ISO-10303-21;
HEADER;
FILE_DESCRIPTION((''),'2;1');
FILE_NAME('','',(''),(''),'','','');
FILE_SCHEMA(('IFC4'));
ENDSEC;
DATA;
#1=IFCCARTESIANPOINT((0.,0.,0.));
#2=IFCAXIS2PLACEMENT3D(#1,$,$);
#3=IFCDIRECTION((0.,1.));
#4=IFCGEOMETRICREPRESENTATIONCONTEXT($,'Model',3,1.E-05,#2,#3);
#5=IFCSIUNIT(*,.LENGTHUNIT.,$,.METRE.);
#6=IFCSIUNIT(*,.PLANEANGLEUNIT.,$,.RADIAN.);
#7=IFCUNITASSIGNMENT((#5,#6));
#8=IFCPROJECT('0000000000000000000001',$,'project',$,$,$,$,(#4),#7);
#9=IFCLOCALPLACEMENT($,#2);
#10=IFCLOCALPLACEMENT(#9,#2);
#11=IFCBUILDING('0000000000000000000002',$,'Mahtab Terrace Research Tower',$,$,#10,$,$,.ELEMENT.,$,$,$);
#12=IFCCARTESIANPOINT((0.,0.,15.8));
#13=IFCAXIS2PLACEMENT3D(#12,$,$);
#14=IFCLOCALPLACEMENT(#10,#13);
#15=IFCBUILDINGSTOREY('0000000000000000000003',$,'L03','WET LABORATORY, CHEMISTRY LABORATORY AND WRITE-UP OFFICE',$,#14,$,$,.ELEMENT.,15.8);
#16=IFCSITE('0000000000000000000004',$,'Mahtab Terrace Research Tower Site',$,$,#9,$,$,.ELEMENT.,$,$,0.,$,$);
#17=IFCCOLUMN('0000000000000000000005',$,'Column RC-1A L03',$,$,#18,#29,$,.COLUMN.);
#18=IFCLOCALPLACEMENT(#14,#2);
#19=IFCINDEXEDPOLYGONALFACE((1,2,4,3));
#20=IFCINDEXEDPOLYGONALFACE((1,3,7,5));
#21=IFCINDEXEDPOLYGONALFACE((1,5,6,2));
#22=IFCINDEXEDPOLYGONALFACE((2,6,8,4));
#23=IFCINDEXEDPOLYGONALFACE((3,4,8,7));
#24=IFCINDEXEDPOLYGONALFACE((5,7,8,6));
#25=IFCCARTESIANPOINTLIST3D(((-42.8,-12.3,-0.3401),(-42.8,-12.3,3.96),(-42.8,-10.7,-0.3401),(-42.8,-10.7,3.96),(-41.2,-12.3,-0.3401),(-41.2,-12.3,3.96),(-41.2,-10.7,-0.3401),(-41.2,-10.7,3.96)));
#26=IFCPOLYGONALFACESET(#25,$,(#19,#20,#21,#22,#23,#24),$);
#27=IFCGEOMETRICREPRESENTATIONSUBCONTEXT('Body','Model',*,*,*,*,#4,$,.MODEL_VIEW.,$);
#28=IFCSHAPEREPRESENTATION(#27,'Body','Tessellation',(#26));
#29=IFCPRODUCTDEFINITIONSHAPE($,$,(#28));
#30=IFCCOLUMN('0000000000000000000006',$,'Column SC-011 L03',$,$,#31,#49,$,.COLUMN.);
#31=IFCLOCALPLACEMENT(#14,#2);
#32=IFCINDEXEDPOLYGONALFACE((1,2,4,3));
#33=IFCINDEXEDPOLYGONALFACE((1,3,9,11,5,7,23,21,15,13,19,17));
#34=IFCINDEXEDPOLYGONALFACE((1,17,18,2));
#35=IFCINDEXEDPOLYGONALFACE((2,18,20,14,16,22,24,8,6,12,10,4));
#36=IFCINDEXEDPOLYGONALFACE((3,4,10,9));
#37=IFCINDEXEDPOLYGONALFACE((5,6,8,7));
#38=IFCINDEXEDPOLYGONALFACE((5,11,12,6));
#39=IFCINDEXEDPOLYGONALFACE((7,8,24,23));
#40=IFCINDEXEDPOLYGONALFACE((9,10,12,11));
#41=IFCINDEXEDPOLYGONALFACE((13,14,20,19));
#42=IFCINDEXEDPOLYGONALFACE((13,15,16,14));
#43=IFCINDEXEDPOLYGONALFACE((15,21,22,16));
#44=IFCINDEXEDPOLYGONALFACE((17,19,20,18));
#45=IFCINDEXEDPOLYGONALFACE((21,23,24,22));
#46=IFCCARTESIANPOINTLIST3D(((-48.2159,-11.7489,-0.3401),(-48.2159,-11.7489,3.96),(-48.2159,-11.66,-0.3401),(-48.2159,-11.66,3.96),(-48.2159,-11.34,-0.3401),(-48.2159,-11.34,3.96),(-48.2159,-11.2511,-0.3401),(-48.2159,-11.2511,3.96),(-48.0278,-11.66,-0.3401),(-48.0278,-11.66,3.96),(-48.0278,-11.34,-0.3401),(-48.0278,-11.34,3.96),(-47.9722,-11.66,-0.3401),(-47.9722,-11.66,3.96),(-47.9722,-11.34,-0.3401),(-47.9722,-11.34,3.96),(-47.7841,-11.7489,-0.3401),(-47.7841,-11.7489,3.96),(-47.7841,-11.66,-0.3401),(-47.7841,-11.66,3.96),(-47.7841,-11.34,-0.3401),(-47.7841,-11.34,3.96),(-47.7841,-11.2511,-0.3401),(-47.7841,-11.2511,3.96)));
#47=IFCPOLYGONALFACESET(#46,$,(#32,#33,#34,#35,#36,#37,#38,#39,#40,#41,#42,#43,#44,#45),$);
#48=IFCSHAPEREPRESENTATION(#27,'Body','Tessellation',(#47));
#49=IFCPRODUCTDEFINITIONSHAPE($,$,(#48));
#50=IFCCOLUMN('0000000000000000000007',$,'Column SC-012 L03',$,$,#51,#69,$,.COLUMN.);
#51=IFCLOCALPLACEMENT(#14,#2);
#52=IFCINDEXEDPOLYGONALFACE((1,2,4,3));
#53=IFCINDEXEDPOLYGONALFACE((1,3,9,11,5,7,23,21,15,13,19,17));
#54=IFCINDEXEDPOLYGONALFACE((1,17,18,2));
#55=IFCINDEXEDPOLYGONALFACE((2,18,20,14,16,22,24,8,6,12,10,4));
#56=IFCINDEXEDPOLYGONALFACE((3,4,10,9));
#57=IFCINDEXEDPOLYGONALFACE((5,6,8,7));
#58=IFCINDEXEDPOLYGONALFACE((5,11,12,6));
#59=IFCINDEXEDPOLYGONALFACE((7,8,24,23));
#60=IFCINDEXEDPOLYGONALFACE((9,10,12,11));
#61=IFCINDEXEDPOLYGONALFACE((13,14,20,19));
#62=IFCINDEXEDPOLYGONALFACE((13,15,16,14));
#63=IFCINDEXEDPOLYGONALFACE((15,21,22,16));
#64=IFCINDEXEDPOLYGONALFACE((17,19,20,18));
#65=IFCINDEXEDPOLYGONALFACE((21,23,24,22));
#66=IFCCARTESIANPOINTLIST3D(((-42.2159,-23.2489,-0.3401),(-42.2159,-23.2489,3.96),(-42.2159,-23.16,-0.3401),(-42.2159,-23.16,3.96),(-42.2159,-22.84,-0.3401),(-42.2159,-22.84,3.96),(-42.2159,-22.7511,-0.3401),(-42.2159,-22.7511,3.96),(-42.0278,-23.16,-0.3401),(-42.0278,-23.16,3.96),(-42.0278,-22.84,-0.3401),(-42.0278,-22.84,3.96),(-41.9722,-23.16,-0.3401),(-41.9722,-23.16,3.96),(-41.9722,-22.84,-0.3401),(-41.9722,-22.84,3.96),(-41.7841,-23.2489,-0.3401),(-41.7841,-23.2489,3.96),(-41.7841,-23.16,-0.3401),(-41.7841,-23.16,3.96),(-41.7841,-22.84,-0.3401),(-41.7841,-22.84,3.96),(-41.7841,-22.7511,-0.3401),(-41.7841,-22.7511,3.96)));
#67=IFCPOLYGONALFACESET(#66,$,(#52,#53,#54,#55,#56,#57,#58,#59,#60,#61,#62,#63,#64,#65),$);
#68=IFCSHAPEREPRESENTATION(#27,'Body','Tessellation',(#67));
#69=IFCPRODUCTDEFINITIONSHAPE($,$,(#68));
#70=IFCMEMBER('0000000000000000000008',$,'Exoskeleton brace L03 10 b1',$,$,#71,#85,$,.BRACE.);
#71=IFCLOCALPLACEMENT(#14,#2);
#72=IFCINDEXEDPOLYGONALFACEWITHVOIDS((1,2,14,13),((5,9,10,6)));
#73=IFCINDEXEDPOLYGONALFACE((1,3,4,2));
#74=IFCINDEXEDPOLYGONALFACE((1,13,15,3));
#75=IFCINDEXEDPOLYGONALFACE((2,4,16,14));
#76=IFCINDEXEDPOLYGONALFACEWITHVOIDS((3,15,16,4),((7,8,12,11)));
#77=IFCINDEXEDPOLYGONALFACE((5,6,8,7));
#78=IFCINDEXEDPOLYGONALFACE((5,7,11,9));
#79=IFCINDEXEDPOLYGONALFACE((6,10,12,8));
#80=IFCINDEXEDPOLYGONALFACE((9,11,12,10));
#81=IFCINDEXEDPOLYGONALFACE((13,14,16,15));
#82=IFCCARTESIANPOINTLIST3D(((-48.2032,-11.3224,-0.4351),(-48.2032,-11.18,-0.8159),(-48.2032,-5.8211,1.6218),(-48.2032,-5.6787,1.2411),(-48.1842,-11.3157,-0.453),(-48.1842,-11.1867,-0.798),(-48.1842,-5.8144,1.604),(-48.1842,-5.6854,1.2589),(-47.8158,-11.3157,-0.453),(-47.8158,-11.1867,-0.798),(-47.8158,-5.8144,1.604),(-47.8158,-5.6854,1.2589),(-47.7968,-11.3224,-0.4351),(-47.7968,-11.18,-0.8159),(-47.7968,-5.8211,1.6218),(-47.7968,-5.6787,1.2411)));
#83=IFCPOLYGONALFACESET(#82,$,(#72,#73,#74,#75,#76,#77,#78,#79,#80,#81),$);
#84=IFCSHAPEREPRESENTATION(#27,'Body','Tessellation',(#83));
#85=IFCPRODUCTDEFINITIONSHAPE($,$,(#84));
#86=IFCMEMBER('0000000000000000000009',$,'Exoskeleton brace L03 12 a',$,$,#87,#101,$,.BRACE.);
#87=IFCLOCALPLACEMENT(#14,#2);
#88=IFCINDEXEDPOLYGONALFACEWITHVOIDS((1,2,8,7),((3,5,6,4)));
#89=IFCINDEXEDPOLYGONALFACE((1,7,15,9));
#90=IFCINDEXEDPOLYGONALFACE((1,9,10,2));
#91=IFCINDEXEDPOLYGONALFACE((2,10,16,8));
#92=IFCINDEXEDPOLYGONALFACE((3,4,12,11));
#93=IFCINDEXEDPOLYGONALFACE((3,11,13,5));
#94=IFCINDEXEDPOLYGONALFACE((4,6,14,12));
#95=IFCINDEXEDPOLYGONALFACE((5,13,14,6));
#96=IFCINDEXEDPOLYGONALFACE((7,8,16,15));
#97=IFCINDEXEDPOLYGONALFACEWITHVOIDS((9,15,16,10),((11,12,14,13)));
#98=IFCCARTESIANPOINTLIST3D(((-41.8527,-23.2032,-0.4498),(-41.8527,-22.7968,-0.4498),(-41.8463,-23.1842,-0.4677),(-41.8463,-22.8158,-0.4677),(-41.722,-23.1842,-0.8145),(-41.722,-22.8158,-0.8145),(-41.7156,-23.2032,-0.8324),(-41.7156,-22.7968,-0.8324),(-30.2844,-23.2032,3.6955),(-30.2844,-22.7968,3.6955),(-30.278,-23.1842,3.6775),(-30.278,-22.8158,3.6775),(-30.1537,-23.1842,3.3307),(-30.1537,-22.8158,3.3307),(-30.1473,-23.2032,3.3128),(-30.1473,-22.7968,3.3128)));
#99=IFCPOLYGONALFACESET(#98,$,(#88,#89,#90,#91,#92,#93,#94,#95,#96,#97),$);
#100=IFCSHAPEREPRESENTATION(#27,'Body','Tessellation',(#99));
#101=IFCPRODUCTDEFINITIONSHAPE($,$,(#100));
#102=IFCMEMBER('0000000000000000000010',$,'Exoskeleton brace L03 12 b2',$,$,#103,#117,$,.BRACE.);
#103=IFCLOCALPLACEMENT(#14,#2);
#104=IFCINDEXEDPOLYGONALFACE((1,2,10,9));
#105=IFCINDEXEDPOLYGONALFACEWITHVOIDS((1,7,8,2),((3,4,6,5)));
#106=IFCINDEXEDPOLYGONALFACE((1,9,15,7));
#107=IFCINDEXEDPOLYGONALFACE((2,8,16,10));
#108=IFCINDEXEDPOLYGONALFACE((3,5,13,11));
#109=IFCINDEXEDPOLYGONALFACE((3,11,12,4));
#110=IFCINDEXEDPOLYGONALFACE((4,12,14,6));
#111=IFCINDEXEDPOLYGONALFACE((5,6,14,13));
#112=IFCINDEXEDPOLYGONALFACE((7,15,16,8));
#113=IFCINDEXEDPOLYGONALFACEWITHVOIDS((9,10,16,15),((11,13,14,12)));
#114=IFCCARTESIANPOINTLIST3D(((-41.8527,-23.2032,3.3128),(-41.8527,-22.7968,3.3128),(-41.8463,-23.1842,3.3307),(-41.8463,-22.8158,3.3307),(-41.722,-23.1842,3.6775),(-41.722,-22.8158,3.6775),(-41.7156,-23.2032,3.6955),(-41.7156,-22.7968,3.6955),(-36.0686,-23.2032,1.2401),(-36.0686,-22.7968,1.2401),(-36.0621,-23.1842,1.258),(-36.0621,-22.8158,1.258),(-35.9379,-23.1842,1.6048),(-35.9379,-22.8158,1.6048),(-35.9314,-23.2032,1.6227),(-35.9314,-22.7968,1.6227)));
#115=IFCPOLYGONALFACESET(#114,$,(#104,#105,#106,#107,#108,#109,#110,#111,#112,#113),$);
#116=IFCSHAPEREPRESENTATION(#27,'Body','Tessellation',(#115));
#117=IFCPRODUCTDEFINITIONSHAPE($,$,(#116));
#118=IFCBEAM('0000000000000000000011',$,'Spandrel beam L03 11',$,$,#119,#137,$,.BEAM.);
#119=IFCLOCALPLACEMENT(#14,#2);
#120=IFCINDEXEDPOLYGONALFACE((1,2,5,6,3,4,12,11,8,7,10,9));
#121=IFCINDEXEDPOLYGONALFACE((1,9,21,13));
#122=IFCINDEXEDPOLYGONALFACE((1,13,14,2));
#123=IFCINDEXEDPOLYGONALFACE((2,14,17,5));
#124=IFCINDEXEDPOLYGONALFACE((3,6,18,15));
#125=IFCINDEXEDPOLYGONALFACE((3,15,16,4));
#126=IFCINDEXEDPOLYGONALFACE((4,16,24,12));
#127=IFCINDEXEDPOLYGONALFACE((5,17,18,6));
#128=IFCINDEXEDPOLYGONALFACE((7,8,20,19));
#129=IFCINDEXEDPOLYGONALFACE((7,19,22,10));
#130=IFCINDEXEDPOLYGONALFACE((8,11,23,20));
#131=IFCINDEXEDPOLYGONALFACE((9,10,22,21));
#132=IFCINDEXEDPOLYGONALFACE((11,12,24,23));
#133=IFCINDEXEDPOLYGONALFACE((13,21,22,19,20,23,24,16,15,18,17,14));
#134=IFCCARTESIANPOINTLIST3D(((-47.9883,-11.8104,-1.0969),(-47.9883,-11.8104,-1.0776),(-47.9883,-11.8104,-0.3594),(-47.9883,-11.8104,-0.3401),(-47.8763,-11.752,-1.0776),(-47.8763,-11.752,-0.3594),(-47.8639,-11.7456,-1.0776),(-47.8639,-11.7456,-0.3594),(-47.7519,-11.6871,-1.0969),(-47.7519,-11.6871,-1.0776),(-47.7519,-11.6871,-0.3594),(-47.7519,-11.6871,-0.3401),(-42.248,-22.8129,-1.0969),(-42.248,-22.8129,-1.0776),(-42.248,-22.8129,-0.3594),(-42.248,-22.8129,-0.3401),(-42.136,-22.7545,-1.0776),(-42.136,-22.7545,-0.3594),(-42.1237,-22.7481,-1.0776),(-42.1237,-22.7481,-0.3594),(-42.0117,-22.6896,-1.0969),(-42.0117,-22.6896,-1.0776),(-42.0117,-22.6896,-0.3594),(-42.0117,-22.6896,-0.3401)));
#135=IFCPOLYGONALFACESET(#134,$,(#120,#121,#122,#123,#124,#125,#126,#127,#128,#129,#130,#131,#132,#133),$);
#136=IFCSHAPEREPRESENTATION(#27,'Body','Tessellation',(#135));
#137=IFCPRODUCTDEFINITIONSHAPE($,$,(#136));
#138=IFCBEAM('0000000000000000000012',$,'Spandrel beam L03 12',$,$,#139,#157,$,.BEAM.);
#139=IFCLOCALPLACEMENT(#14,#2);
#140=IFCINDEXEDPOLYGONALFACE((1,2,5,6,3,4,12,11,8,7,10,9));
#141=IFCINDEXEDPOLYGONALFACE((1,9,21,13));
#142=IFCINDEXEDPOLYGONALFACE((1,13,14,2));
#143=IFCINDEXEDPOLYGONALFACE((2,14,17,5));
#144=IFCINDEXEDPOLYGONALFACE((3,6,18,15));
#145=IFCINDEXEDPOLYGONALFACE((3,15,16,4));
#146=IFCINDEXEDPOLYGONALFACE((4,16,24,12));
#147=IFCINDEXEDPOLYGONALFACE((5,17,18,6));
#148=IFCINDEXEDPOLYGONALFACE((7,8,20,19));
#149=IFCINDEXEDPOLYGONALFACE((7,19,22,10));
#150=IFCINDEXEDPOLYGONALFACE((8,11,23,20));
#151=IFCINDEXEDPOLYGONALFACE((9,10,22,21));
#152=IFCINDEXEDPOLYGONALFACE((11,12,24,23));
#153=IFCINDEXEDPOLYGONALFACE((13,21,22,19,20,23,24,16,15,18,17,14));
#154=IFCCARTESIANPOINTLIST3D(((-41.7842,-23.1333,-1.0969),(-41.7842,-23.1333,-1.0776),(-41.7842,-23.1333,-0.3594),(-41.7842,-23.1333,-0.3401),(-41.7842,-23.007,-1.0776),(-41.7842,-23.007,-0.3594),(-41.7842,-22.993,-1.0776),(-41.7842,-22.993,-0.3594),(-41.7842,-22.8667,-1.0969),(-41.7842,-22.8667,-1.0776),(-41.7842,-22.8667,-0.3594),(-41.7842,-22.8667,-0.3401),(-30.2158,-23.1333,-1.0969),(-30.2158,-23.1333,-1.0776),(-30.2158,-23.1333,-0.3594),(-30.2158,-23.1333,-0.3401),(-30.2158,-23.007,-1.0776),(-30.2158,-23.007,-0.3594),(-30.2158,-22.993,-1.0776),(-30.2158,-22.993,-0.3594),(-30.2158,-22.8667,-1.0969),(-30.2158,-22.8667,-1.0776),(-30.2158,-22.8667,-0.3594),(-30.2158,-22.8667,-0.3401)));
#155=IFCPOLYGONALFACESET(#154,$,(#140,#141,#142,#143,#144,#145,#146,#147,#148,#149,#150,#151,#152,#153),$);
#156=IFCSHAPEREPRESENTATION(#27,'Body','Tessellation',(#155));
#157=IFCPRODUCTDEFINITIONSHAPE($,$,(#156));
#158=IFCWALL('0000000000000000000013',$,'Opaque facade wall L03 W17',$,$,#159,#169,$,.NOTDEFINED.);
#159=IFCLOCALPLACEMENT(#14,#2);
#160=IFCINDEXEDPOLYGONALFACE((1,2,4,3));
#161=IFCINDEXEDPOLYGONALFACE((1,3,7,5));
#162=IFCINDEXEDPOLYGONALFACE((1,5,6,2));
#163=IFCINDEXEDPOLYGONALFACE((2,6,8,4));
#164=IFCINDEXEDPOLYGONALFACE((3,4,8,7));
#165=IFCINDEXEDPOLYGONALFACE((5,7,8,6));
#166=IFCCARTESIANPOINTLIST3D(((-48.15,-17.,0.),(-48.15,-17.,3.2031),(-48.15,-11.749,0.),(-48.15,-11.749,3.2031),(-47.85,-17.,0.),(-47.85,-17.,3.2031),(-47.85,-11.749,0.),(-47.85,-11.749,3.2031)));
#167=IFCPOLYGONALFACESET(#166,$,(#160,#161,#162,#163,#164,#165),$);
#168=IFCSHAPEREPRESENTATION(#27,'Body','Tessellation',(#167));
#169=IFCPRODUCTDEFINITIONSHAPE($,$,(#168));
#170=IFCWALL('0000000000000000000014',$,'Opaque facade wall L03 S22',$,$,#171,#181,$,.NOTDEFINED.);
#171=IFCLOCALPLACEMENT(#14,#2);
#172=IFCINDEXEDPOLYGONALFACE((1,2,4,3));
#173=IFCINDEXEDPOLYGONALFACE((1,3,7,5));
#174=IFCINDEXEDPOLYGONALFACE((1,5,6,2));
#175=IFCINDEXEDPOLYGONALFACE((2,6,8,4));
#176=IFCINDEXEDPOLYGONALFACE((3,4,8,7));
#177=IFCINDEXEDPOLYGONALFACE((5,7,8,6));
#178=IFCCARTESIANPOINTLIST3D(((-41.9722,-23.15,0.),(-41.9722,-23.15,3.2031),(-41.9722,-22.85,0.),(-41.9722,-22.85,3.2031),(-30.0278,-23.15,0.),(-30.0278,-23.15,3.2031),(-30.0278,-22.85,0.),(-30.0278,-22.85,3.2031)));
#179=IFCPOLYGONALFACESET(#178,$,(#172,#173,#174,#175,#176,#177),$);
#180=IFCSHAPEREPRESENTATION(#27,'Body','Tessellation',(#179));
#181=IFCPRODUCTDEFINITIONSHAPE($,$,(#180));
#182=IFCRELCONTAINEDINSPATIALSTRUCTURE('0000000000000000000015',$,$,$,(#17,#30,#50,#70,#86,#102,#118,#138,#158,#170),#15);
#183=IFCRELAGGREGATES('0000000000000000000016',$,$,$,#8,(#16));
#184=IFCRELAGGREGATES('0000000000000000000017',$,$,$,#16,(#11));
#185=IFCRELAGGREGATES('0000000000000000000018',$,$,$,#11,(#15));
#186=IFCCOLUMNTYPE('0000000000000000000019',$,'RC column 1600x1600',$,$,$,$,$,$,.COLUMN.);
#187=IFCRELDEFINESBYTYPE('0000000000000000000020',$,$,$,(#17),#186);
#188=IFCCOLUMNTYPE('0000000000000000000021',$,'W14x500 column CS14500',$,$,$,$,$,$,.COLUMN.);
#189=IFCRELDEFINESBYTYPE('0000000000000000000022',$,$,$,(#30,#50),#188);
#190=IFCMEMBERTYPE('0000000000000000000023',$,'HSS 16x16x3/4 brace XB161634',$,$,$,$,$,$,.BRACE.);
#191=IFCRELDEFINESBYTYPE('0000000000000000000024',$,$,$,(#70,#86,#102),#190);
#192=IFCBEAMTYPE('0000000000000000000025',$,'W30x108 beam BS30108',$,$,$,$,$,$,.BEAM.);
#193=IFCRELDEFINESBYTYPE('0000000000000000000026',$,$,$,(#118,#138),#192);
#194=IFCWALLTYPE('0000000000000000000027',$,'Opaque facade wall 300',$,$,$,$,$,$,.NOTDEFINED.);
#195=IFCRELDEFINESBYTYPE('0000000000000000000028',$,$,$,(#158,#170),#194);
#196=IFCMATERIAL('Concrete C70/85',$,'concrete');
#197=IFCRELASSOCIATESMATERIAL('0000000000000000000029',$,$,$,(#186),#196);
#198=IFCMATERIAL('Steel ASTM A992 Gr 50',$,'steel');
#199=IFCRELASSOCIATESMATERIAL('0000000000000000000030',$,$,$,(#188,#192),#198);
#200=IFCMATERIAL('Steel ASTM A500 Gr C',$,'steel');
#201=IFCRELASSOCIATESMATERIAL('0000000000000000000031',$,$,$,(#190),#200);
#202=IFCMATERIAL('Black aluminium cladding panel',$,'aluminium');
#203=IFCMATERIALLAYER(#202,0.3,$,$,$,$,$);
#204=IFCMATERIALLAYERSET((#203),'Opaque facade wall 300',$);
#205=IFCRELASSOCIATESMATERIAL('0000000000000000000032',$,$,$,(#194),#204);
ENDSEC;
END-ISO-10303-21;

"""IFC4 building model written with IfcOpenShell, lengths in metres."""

from ifc_helpers import new_model, si_unit, direction, frame, frame_2d, origin, origin_2d, place, context, subcontext, project, spatial, rectangle, hollow_rectangle, i_section, extrude, material, layer, layer_set, material_profile, profile_set, type_object, element, save


model = new_model("IFC4")

# Units and contexts
model_context = context("Model", 3, precision=1e-05, world=origin(), true_north=direction((0.0, 1.0)))
body_context = subcontext(model_context, "Body", "Model", "MODEL_VIEW")
ifc_project = project(units=[si_unit("LENGTHUNIT", "METRE"), si_unit("PLANEANGLEUNIT", "RADIAN")], contexts=[model_context])

# Site, building, storey
site_placement = place(None, origin())
site = spatial("IfcSite", under=ifc_project, at=site_placement, Name="Mahtab Terrace Research Tower Site", CompositionType="ELEMENT", RefElevation=0.0)
building_placement = place(site_placement, origin())
building = spatial("IfcBuilding", under=site, at=building_placement, Name="Mahtab Terrace Research Tower", CompositionType="ELEMENT")
storey_placement = place(building_placement, frame((0.0, 0.0, 15.8)))
storey = spatial("IfcBuildingStorey", under=building, at=storey_placement, Name="L03", Description="WET LABORATORY, CHEMISTRY LABORATORY AND WRITE-UP OFFICE", CompositionType="ELEMENT", Elevation=15.8)

# Columns
ifc_material_1 = material(Name="Concrete C70/85", Category="concrete")
ifc_material_profile_1 = material_profile(ifc_material_1, rectangle(XDim=1.6001, YDim=1.6001, at=origin_2d()), Name="RC column 1600x1600")
ifc_profile_set_1 = profile_set([ifc_material_profile_1], Name="Concrete C70/85")
column_type_1 = type_object("IfcColumnType", Name="RC column 1600x1600", PredefinedType="COLUMN", material=ifc_profile_set_1)
column_placement = place(storey_placement, frame((-42.0, -11.5, -0.3401), z_axis=(0.0, 0.0, 1.0), x_axis=(1.0, 0.0, 0.0)))
element("IfcColumn", 1, at=column_placement, inside=storey, type_object=column_type_1, Name="Column RC-1A L03", PredefinedType="COLUMN", context=body_context, shape_type="SweptSolid", body=[
    extrude(rectangle(XDim=1.6001, YDim=1.6001, at=origin_2d()), origin(), (0.0, 0.0, 1.0), 4.3),
])
ifc_material_2 = material(Name="Steel ASTM A992 Gr 50", Category="steel")
ifc_material_profile_2 = material_profile(ifc_material_2, i_section(OverallWidth=0.4319, OverallDepth=0.4978, WebThickness=0.0557, FlangeThickness=0.0889, at=origin_2d()), Name="W14X500")
ifc_profile_set_2 = profile_set([ifc_material_profile_2], Name="Steel ASTM A992 Gr 50")
column_type_2 = type_object("IfcColumnType", Name="W14x500 column CS14500", PredefinedType="COLUMN", material=ifc_profile_set_2)
for number, where, z_axis, x_axis, name in (
    (2, (-48.0, -11.5, -0.3401), (0.0, 0.0, 1.0), (1.0, 0.0, 0.0), "Column SC-011 L03"),
    (3, (-42.0, -23.0, -0.3401), (0.0, 0.0, 1.0), (1.0, 0.0, 0.0), "Column SC-012 L03"),
):
    element("IfcColumn", number, at=place(storey_placement, frame(where, z_axis=z_axis, x_axis=x_axis)), inside=storey, type_object=column_type_2, Name=name, PredefinedType="COLUMN", context=body_context, shape_type="SweptSolid", body=[
        extrude(i_section(OverallWidth=0.4319, OverallDepth=0.4978, WebThickness=0.0557, FlangeThickness=0.0889, at=origin_2d()), origin(), (0.0, 0.0, 1.0), 4.3),
    ])

# Members
ifc_material_3 = material(Name="Steel ASTM A500 Gr C", Category="steel")
ifc_material_profile_3 = material_profile(ifc_material_3, hollow_rectangle(XDim=0.4065, YDim=0.4065, WallThickness=0.019, at=origin_2d()), Name="HSS16X16X3/4")
ifc_profile_set_3 = profile_set([ifc_material_profile_3], Name="Steel ASTM A500 Gr C")
member_type = type_object("IfcMemberType", Name="HSS 16x16x3/4 brace XB161634", PredefinedType="BRACE", material=ifc_profile_set_3)
member_1_placement = place(storey_placement, frame((-48.0, -11.2512, -0.6255), z_axis=(0.0, 0.936669, 0.350217), x_axis=(-1.0, 0.0, 0.0)))
element("IfcMember", 4, at=member_1_placement, inside=storey, type_object=member_type, Name="Exoskeleton brace L03 10 b1", PredefinedType="BRACE", context=body_context, shape_type="SweptSolid", body=[
    extrude(hollow_rectangle(XDim=0.4065, YDim=0.4065, WallThickness=0.019, at=origin_2d()), origin(), (0.0, 0.0, 1.0), 5.8733),
])
member_2_placement = place(storey_placement, frame((-41.7842, -23.0, -0.6411), z_axis=(0.941388, 0.0, 0.337325), x_axis=(0.0, 1.0, 0.0)))
element("IfcMember", 5, at=member_2_placement, inside=storey, type_object=member_type, Name="Exoskeleton brace L03 12 a", PredefinedType="BRACE", context=body_context, shape_type="SweptSolid", body=[
    extrude(hollow_rectangle(XDim=0.4065, YDim=0.4065, WallThickness=0.019, at=origin_2d()), origin(), (0.0, 0.0, 1.0), 12.2886),
])
member_3_placement = place(storey_placement, frame((-36.0, -23.0, 1.4314), z_axis=(-0.941382, 0.0, 0.337343), x_axis=(0.0, -1.0, 0.0)))
element("IfcMember", 6, at=member_3_placement, inside=storey, type_object=member_type, Name="Exoskeleton brace L03 12 b2", PredefinedType="BRACE", context=body_context, shape_type="SweptSolid", body=[
    extrude(hollow_rectangle(XDim=0.4065, YDim=0.4065, WallThickness=0.019, at=origin_2d()), origin(), (0.0, 0.0, 1.0), 6.1443),
])

# Beams
ifc_material_profile_4 = material_profile(ifc_material_2, i_section(OverallWidth=0.2666, OverallDepth=0.7568, WebThickness=0.0139, FlangeThickness=0.0193, at=origin_2d()), Name="W30X108")
ifc_profile_set_4 = profile_set([ifc_material_profile_4], Name="Steel ASTM A992 Gr 50")
beam_type = type_object("IfcBeamType", Name="W30x108 beam BS30108", PredefinedType="BEAM", material=ifc_profile_set_4)
beam_1_placement = place(storey_placement, frame((-47.8701, -11.7488, -0.7185), z_axis=(0.462555, -0.88659, 0.0), x_axis=(0.88659, 0.462555, 0.0)))
element("IfcBeam", 7, at=beam_1_placement, inside=storey, type_object=beam_type, Name="Spandrel beam L03 11", PredefinedType="BEAM", context=body_context, shape_type="SweptSolid", body=[
    extrude(i_section(OverallWidth=0.2666, OverallDepth=0.7568, WebThickness=0.0139, FlangeThickness=0.0193, at=origin_2d()), origin(), (0.0, 0.0, 1.0), 12.4099),
])
beam_2_placement = place(storey_placement, frame((-41.7842, -23.0, -0.7185), z_axis=(1.0, 0.0, 0.0), x_axis=(0.0, 1.0, 0.0)))
element("IfcBeam", 8, at=beam_2_placement, inside=storey, type_object=beam_type, Name="Spandrel beam L03 12", PredefinedType="BEAM", context=body_context, shape_type="SweptSolid", body=[
    extrude(i_section(OverallWidth=0.2666, OverallDepth=0.7568, WebThickness=0.0139, FlangeThickness=0.0193, at=origin_2d()), origin(), (0.0, 0.0, 1.0), 11.5684),
])

# Walls
ifc_material_4 = material(Name="Black aluminium cladding panel", Category="aluminium")
ifc_layer_1 = layer(ifc_material_4, 0.3)
ifc_layer_set_1 = layer_set([ifc_layer_1], Name="Opaque facade wall 300")
wall_type_1 = type_object("IfcWallType", Name="Opaque facade wall 300", PredefinedType="NOTDEFINED", material=ifc_layer_set_1)
wall_1_placement = place(storey_placement, frame((-48.0, -11.749, 0.0), z_axis=(0.0, 0.0, 1.0), x_axis=(0.0, -1.0, 0.0)))
element("IfcWall", 9, at=wall_1_placement, inside=storey, type_object=wall_type_1, Name="Opaque facade wall L03 W17", PredefinedType="NOTDEFINED", context=body_context, shape_type="SweptSolid", body=[
    extrude(rectangle(XDim=5.251, YDim=0.3, at=frame_2d((2.6255, 0.0))), origin(), (0.0, 0.0, 1.0), 3.2031),
])
wall_2_placement = place(storey_placement, frame((-41.9722, -23.0, 0.0), z_axis=(0.0, 0.0, 1.0), x_axis=(1.0, 0.0, 0.0)))
element("IfcWall", 10, at=wall_2_placement, inside=storey, type_object=wall_type_1, Name="Opaque facade wall L03 S22", PredefinedType="NOTDEFINED", context=body_context, shape_type="SweptSolid", body=[
    extrude(rectangle(XDim=11.9443, YDim=0.3, at=frame_2d((5.9722, 0.0))), origin(), (0.0, 0.0, 1.0), 3.2031),
])

save(model, "model.ifc")
